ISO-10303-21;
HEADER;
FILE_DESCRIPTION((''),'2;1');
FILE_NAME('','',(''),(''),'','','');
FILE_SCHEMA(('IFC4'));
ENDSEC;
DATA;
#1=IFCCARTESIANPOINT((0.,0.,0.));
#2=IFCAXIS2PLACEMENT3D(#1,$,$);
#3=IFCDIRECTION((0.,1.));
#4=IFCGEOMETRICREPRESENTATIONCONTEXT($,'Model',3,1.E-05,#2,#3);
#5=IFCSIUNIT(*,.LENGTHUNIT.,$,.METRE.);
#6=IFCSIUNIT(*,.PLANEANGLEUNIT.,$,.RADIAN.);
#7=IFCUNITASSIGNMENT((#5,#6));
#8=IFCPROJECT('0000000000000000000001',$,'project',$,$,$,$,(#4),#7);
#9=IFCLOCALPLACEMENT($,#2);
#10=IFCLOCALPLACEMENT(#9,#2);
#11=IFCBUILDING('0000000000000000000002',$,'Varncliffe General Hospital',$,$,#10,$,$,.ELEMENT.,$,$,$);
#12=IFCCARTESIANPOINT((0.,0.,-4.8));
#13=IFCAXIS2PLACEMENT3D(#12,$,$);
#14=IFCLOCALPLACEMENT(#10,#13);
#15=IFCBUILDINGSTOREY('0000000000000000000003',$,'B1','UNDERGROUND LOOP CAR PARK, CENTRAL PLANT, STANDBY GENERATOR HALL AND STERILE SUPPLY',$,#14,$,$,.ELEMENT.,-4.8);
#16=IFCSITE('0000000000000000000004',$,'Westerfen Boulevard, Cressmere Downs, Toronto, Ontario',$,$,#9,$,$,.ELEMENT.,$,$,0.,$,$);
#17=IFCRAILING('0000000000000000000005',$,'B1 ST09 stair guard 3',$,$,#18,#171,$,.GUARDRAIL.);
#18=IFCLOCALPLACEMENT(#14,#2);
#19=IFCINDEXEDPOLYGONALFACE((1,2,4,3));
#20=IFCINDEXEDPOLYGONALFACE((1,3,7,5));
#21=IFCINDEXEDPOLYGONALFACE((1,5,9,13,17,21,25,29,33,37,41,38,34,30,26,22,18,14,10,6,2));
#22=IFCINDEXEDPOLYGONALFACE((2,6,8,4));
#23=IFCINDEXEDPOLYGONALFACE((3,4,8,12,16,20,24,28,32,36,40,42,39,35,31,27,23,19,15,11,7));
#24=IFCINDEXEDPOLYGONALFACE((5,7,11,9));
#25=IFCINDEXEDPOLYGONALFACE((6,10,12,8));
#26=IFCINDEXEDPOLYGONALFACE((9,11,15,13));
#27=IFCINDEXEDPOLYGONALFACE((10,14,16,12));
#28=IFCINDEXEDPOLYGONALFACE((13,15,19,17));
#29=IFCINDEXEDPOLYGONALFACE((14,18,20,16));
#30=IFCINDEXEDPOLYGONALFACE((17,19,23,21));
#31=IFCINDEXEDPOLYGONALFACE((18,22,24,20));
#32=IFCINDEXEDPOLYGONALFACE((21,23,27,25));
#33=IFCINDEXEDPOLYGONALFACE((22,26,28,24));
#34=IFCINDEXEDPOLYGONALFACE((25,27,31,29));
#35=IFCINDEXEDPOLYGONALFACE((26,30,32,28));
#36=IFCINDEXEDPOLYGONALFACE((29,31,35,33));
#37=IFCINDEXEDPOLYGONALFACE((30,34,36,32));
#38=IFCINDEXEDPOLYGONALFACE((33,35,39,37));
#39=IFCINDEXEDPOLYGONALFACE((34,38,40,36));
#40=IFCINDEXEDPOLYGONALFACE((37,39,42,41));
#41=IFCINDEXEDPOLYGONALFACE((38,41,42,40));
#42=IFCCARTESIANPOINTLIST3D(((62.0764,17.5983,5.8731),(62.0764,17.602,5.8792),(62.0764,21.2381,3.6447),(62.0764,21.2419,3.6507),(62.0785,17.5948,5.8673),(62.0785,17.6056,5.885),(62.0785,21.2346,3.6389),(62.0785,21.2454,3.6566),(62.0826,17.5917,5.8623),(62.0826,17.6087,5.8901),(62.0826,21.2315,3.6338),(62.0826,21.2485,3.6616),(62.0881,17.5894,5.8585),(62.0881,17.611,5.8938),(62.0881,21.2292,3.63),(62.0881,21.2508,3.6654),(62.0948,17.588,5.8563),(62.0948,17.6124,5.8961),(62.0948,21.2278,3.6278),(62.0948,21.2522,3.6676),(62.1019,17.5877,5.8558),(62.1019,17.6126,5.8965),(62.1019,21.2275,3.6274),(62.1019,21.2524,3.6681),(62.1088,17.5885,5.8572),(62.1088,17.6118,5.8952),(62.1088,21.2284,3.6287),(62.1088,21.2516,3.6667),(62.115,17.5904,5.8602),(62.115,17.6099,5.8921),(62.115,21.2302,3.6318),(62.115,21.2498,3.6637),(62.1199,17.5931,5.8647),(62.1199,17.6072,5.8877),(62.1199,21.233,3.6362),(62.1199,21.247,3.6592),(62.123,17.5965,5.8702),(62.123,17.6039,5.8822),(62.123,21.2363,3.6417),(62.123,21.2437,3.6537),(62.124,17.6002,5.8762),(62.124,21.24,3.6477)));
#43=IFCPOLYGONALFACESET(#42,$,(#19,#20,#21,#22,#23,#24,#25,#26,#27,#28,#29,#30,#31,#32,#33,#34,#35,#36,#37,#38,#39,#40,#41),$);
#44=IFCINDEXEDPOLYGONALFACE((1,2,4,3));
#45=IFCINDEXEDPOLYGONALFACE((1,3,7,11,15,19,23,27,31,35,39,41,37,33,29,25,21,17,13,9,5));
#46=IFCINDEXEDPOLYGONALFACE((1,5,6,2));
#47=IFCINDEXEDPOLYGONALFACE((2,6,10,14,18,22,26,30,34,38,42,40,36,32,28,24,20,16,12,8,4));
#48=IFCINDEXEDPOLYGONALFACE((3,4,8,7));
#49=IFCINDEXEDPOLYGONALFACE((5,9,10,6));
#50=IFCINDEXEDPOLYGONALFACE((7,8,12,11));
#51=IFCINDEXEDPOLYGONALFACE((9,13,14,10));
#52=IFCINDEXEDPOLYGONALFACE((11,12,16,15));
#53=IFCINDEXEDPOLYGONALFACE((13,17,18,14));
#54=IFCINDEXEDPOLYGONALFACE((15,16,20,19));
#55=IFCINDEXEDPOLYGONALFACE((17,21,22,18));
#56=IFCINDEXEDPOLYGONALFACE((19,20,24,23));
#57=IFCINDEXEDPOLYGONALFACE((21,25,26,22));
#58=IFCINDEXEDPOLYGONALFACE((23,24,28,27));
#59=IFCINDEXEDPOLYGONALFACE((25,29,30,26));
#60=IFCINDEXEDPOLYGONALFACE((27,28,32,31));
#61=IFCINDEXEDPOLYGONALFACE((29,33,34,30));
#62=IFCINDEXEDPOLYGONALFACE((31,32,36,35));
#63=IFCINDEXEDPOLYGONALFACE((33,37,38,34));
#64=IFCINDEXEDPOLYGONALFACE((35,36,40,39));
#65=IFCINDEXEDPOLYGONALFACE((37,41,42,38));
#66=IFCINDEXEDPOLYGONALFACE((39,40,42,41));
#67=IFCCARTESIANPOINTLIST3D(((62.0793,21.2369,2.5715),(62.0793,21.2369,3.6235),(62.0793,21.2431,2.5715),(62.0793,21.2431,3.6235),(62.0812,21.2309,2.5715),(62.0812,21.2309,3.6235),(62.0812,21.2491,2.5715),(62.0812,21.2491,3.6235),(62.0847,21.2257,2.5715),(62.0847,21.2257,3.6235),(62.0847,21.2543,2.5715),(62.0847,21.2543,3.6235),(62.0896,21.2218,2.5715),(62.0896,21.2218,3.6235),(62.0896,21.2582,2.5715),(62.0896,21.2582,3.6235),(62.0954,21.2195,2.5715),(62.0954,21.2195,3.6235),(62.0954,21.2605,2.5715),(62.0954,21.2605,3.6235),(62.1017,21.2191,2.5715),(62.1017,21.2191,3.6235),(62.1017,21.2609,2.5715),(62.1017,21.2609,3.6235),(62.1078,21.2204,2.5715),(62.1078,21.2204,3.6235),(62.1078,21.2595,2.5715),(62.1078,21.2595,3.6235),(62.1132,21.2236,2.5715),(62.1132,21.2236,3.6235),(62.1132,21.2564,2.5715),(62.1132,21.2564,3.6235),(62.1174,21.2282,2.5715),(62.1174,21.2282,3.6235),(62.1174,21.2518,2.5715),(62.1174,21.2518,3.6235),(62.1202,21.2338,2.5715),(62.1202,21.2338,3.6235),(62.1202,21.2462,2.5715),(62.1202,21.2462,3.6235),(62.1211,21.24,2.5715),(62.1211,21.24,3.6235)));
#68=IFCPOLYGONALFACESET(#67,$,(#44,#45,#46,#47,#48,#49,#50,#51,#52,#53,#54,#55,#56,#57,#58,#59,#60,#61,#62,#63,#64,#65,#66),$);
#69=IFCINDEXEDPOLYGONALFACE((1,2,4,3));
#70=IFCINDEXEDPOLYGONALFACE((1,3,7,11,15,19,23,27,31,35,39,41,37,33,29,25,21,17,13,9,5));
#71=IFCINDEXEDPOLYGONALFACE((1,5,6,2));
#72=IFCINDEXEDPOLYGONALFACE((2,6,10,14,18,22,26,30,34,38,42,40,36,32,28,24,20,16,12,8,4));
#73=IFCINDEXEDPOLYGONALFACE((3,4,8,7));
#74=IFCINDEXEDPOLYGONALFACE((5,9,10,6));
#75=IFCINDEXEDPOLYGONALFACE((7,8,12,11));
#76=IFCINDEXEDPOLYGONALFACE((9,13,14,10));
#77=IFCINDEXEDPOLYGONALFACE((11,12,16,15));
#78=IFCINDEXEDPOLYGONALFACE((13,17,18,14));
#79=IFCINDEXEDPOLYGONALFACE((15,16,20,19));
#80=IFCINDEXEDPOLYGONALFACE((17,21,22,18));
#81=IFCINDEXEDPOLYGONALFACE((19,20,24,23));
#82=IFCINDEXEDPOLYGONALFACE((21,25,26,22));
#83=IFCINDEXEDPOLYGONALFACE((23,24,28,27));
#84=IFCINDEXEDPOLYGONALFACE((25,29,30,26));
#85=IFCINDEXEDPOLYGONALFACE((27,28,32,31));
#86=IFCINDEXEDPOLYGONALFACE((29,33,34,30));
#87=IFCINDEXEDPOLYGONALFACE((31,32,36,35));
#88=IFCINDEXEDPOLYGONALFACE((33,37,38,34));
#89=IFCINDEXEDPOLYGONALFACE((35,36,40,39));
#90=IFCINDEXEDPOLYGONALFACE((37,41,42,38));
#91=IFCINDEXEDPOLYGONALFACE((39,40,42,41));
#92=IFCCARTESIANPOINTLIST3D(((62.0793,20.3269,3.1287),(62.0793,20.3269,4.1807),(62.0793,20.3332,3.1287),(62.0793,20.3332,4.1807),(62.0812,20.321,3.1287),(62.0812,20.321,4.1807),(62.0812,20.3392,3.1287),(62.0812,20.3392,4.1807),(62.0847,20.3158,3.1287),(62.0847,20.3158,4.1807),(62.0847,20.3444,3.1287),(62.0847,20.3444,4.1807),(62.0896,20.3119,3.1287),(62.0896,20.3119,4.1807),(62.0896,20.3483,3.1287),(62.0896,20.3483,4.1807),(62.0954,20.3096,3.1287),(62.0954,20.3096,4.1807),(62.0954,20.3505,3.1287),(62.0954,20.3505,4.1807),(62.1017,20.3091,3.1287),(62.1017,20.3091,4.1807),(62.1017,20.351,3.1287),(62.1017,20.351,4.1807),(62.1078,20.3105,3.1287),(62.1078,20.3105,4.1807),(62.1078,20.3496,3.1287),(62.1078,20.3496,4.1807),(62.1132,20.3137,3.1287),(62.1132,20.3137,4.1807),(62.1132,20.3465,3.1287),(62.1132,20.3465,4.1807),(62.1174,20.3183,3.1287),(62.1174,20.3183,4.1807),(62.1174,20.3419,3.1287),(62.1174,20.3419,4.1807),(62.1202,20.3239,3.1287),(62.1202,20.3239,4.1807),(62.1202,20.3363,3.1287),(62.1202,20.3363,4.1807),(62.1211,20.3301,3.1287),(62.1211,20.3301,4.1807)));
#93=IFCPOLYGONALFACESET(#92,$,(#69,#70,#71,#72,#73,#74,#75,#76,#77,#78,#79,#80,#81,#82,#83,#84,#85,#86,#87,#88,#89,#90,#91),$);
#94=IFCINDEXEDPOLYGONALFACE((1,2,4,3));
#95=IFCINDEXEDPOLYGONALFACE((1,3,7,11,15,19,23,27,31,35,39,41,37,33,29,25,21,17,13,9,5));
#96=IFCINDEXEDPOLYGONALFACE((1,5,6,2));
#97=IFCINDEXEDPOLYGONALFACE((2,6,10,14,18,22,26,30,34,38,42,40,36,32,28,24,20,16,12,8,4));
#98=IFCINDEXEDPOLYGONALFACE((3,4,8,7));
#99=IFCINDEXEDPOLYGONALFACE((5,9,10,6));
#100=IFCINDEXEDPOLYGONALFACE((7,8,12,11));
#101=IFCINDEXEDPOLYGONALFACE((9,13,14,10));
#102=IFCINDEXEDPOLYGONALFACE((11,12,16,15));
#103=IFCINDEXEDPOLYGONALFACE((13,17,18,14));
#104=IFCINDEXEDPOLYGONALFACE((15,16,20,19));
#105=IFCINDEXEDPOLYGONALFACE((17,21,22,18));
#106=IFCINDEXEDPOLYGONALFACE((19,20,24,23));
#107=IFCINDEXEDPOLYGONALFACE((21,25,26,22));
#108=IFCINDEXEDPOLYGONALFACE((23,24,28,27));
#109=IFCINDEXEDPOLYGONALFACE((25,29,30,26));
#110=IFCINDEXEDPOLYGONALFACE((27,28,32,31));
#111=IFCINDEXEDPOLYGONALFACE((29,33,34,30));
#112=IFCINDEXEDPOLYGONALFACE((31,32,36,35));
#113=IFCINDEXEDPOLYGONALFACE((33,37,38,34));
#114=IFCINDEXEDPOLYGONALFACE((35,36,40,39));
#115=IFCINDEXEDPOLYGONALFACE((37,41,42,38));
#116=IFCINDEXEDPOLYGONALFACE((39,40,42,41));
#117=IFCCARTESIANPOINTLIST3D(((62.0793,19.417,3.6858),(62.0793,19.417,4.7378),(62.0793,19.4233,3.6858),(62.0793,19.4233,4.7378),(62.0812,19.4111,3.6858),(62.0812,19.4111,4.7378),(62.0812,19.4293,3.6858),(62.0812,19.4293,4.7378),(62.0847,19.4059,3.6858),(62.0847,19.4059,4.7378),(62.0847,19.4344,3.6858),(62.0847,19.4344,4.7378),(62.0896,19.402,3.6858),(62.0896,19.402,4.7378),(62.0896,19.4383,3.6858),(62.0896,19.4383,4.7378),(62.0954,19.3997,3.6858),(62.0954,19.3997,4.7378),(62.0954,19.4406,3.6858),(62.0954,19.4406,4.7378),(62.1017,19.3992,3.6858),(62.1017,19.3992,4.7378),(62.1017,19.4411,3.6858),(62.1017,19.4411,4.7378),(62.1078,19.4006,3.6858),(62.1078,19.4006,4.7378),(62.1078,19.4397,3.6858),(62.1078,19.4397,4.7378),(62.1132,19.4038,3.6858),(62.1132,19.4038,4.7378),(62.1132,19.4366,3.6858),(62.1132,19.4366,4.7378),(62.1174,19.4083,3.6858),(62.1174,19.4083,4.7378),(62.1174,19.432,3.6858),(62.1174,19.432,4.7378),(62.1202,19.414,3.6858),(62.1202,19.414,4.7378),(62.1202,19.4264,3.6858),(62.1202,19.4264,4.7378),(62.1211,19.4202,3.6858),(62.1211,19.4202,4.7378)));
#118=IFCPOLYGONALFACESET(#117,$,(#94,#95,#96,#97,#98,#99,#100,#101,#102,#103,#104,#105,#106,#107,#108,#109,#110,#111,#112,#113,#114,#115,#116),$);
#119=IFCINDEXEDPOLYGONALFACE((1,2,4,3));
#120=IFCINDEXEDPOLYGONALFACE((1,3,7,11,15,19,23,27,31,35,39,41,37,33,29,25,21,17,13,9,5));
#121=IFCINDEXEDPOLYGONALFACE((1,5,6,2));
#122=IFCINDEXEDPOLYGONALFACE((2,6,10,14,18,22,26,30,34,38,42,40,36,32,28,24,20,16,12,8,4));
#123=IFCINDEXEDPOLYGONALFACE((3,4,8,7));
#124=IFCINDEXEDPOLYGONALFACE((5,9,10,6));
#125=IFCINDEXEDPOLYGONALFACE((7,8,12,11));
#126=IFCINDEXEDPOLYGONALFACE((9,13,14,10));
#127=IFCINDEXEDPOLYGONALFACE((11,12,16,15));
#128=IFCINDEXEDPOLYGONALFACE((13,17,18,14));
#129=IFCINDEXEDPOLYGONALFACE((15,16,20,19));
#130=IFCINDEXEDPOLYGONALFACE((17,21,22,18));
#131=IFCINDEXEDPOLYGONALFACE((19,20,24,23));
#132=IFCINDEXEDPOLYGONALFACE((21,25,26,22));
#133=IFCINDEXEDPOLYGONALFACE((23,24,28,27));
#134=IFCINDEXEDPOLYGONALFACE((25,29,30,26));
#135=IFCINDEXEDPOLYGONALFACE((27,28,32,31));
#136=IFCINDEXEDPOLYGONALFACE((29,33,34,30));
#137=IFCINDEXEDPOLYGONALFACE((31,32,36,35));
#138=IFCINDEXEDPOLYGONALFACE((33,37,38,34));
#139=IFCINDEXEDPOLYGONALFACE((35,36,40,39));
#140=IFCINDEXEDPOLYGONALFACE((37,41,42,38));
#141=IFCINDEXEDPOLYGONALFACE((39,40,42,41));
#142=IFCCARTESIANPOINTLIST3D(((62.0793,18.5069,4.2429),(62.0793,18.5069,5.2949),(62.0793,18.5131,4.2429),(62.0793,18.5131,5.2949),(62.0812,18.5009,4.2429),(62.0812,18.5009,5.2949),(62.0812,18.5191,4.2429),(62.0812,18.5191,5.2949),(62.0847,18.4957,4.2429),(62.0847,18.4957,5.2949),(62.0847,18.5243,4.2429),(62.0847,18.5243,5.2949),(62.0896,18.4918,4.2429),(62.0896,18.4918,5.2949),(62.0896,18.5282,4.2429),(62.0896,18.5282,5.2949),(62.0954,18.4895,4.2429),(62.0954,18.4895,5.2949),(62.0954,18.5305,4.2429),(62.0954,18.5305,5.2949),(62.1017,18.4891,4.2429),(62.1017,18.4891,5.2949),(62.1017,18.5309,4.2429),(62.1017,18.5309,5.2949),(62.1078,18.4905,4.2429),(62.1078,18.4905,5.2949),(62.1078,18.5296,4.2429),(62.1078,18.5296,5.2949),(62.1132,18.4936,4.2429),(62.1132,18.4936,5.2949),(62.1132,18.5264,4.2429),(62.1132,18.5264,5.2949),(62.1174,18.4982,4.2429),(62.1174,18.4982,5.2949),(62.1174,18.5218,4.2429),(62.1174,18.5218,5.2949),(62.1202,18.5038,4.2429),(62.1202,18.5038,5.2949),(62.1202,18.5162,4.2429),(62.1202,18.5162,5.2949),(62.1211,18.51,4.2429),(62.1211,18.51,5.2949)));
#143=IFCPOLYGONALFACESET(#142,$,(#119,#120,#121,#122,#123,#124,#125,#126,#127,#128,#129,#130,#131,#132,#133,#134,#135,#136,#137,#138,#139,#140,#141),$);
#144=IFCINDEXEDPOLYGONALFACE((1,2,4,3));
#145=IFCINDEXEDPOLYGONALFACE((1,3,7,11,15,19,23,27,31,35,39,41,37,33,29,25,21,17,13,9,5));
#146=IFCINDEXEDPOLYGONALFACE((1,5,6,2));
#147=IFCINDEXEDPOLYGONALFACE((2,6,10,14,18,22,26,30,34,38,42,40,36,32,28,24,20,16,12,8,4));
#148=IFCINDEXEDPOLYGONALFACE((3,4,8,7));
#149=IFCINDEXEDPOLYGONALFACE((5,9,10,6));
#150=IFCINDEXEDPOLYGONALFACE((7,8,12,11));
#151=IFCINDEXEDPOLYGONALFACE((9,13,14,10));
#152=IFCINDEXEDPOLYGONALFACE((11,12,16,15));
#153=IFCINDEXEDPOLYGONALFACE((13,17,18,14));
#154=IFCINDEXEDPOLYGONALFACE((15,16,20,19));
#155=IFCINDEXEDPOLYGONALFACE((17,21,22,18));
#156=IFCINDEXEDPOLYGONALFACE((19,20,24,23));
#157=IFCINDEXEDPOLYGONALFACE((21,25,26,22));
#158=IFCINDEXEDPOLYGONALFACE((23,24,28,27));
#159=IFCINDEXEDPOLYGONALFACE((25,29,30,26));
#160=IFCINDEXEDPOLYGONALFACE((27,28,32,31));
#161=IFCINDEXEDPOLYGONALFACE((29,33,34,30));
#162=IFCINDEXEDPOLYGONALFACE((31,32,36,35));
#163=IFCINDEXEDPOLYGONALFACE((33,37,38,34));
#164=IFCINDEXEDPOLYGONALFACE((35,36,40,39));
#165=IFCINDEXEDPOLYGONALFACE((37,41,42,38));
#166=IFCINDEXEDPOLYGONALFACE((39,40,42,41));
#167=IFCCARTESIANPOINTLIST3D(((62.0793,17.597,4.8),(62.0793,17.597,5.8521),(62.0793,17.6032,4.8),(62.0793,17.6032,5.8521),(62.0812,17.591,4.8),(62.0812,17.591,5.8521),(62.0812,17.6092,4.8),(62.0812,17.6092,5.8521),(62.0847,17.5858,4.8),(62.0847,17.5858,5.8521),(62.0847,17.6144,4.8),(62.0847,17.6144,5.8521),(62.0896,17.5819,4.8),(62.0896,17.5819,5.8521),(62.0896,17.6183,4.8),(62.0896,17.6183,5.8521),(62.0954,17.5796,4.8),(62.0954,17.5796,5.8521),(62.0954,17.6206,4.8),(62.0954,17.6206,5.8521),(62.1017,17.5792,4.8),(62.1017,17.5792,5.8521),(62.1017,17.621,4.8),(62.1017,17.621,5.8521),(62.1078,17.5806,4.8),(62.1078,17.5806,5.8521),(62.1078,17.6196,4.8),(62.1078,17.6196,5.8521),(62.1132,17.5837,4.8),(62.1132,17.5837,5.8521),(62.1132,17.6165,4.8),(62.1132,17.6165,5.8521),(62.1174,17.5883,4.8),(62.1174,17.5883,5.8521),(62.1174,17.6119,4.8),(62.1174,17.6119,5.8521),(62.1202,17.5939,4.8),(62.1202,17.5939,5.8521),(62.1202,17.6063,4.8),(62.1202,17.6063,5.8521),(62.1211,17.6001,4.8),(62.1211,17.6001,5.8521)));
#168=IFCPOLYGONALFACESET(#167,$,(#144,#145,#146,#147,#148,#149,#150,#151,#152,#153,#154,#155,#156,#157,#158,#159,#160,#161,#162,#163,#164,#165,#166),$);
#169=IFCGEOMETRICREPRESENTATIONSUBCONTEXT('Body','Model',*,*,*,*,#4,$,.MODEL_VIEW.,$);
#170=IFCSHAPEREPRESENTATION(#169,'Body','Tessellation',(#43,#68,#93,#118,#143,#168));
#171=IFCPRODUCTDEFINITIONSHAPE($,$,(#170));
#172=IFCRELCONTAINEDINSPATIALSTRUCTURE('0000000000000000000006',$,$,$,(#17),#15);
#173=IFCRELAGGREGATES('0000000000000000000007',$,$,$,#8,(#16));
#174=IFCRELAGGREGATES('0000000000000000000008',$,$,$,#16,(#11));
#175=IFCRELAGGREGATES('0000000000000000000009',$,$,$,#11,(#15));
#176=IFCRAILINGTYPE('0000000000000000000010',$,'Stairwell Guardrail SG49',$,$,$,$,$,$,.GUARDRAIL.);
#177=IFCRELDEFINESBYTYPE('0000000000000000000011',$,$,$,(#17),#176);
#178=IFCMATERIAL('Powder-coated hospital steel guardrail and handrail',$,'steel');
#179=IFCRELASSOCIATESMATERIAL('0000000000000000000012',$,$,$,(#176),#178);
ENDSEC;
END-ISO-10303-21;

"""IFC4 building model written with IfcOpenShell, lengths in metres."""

from ifc_helpers import new_model, si_unit, direction, frame, origin, origin_2d, place, context, subcontext, project, spatial, circle, extrude, material, type_object, element, save


model = new_model("IFC4")

# Units and contexts
model_context = context("Model", 3, precision=1e-05, world=origin(), true_north=direction((0.0, 1.0)))
body_context = subcontext(model_context, "Body", "Model", "MODEL_VIEW")
ifc_project = project(units=[si_unit("LENGTHUNIT", "METRE"), si_unit("PLANEANGLEUNIT", "RADIAN")], contexts=[model_context])

# Site, building, storey
site_placement = place(None, origin())
site = spatial("IfcSite", under=ifc_project, at=site_placement, Name="Westerfen Boulevard, Cressmere Downs, Toronto, Ontario", CompositionType="ELEMENT", RefElevation=0.0)
building_placement = place(site_placement, origin())
building = spatial("IfcBuilding", under=site, at=building_placement, Name="Varncliffe General Hospital", CompositionType="ELEMENT")
storey_placement = place(building_placement, frame((0.0, 0.0, -4.8)))
storey = spatial("IfcBuildingStorey", under=building, at=storey_placement, Name="B1", Description="UNDERGROUND LOOP CAR PARK, CENTRAL PLANT, STANDBY GENERATOR HALL AND STERILE SUPPLY", CompositionType="ELEMENT", Elevation=-4.8)

# Railing
ifc_material_1 = material(Name="Powder-coated hospital steel guardrail and handrail", Category="steel")
railing_type_1 = type_object("IfcRailingType", Name="Stairwell Guardrail SG49", PredefinedType="GUARDRAIL", material=ifc_material_1)
railing_1_placement = place(storey_placement, frame((62.1001, 21.24, 2.5715)))
element("IfcRailing", 1, at=railing_1_placement, inside=storey, type_object=railing_type_1, Name="B1 ST09 stair guard 3", PredefinedType="GUARDRAIL", context=body_context, shape_type="SweptSolid", body=[
    extrude(circle(Radius=0.0239, at=origin_2d()), frame((0.0, 0.0, 1.0762), z_axis=(0.0, -0.85285, 0.522156), x_axis=(1.0, 0.0, 0.0)), (0.0, 0.0, 1.0), 4.2678),
    extrude(circle(Radius=0.021, at=origin_2d()), origin(), (0.0, 0.0, 1.0), 1.052),
    extrude(circle(Radius=0.021, at=origin_2d()), frame((0.0, -0.9099, 0.5571)), (0.0, 0.0, 1.0), 1.052),
    extrude(circle(Radius=0.021, at=origin_2d()), frame((0.0, -1.8198, 1.1143)), (0.0, 0.0, 1.0), 1.052),
    extrude(circle(Radius=0.021, at=origin_2d()), frame((0.0, -2.73, 1.6714)), (0.0, 0.0, 1.0), 1.052),
    extrude(circle(Radius=0.021, at=origin_2d()), frame((0.0, -3.6399, 2.2285)), (0.0, 0.0, 1.0), 1.052),
])

save(model, "model.ifc")
